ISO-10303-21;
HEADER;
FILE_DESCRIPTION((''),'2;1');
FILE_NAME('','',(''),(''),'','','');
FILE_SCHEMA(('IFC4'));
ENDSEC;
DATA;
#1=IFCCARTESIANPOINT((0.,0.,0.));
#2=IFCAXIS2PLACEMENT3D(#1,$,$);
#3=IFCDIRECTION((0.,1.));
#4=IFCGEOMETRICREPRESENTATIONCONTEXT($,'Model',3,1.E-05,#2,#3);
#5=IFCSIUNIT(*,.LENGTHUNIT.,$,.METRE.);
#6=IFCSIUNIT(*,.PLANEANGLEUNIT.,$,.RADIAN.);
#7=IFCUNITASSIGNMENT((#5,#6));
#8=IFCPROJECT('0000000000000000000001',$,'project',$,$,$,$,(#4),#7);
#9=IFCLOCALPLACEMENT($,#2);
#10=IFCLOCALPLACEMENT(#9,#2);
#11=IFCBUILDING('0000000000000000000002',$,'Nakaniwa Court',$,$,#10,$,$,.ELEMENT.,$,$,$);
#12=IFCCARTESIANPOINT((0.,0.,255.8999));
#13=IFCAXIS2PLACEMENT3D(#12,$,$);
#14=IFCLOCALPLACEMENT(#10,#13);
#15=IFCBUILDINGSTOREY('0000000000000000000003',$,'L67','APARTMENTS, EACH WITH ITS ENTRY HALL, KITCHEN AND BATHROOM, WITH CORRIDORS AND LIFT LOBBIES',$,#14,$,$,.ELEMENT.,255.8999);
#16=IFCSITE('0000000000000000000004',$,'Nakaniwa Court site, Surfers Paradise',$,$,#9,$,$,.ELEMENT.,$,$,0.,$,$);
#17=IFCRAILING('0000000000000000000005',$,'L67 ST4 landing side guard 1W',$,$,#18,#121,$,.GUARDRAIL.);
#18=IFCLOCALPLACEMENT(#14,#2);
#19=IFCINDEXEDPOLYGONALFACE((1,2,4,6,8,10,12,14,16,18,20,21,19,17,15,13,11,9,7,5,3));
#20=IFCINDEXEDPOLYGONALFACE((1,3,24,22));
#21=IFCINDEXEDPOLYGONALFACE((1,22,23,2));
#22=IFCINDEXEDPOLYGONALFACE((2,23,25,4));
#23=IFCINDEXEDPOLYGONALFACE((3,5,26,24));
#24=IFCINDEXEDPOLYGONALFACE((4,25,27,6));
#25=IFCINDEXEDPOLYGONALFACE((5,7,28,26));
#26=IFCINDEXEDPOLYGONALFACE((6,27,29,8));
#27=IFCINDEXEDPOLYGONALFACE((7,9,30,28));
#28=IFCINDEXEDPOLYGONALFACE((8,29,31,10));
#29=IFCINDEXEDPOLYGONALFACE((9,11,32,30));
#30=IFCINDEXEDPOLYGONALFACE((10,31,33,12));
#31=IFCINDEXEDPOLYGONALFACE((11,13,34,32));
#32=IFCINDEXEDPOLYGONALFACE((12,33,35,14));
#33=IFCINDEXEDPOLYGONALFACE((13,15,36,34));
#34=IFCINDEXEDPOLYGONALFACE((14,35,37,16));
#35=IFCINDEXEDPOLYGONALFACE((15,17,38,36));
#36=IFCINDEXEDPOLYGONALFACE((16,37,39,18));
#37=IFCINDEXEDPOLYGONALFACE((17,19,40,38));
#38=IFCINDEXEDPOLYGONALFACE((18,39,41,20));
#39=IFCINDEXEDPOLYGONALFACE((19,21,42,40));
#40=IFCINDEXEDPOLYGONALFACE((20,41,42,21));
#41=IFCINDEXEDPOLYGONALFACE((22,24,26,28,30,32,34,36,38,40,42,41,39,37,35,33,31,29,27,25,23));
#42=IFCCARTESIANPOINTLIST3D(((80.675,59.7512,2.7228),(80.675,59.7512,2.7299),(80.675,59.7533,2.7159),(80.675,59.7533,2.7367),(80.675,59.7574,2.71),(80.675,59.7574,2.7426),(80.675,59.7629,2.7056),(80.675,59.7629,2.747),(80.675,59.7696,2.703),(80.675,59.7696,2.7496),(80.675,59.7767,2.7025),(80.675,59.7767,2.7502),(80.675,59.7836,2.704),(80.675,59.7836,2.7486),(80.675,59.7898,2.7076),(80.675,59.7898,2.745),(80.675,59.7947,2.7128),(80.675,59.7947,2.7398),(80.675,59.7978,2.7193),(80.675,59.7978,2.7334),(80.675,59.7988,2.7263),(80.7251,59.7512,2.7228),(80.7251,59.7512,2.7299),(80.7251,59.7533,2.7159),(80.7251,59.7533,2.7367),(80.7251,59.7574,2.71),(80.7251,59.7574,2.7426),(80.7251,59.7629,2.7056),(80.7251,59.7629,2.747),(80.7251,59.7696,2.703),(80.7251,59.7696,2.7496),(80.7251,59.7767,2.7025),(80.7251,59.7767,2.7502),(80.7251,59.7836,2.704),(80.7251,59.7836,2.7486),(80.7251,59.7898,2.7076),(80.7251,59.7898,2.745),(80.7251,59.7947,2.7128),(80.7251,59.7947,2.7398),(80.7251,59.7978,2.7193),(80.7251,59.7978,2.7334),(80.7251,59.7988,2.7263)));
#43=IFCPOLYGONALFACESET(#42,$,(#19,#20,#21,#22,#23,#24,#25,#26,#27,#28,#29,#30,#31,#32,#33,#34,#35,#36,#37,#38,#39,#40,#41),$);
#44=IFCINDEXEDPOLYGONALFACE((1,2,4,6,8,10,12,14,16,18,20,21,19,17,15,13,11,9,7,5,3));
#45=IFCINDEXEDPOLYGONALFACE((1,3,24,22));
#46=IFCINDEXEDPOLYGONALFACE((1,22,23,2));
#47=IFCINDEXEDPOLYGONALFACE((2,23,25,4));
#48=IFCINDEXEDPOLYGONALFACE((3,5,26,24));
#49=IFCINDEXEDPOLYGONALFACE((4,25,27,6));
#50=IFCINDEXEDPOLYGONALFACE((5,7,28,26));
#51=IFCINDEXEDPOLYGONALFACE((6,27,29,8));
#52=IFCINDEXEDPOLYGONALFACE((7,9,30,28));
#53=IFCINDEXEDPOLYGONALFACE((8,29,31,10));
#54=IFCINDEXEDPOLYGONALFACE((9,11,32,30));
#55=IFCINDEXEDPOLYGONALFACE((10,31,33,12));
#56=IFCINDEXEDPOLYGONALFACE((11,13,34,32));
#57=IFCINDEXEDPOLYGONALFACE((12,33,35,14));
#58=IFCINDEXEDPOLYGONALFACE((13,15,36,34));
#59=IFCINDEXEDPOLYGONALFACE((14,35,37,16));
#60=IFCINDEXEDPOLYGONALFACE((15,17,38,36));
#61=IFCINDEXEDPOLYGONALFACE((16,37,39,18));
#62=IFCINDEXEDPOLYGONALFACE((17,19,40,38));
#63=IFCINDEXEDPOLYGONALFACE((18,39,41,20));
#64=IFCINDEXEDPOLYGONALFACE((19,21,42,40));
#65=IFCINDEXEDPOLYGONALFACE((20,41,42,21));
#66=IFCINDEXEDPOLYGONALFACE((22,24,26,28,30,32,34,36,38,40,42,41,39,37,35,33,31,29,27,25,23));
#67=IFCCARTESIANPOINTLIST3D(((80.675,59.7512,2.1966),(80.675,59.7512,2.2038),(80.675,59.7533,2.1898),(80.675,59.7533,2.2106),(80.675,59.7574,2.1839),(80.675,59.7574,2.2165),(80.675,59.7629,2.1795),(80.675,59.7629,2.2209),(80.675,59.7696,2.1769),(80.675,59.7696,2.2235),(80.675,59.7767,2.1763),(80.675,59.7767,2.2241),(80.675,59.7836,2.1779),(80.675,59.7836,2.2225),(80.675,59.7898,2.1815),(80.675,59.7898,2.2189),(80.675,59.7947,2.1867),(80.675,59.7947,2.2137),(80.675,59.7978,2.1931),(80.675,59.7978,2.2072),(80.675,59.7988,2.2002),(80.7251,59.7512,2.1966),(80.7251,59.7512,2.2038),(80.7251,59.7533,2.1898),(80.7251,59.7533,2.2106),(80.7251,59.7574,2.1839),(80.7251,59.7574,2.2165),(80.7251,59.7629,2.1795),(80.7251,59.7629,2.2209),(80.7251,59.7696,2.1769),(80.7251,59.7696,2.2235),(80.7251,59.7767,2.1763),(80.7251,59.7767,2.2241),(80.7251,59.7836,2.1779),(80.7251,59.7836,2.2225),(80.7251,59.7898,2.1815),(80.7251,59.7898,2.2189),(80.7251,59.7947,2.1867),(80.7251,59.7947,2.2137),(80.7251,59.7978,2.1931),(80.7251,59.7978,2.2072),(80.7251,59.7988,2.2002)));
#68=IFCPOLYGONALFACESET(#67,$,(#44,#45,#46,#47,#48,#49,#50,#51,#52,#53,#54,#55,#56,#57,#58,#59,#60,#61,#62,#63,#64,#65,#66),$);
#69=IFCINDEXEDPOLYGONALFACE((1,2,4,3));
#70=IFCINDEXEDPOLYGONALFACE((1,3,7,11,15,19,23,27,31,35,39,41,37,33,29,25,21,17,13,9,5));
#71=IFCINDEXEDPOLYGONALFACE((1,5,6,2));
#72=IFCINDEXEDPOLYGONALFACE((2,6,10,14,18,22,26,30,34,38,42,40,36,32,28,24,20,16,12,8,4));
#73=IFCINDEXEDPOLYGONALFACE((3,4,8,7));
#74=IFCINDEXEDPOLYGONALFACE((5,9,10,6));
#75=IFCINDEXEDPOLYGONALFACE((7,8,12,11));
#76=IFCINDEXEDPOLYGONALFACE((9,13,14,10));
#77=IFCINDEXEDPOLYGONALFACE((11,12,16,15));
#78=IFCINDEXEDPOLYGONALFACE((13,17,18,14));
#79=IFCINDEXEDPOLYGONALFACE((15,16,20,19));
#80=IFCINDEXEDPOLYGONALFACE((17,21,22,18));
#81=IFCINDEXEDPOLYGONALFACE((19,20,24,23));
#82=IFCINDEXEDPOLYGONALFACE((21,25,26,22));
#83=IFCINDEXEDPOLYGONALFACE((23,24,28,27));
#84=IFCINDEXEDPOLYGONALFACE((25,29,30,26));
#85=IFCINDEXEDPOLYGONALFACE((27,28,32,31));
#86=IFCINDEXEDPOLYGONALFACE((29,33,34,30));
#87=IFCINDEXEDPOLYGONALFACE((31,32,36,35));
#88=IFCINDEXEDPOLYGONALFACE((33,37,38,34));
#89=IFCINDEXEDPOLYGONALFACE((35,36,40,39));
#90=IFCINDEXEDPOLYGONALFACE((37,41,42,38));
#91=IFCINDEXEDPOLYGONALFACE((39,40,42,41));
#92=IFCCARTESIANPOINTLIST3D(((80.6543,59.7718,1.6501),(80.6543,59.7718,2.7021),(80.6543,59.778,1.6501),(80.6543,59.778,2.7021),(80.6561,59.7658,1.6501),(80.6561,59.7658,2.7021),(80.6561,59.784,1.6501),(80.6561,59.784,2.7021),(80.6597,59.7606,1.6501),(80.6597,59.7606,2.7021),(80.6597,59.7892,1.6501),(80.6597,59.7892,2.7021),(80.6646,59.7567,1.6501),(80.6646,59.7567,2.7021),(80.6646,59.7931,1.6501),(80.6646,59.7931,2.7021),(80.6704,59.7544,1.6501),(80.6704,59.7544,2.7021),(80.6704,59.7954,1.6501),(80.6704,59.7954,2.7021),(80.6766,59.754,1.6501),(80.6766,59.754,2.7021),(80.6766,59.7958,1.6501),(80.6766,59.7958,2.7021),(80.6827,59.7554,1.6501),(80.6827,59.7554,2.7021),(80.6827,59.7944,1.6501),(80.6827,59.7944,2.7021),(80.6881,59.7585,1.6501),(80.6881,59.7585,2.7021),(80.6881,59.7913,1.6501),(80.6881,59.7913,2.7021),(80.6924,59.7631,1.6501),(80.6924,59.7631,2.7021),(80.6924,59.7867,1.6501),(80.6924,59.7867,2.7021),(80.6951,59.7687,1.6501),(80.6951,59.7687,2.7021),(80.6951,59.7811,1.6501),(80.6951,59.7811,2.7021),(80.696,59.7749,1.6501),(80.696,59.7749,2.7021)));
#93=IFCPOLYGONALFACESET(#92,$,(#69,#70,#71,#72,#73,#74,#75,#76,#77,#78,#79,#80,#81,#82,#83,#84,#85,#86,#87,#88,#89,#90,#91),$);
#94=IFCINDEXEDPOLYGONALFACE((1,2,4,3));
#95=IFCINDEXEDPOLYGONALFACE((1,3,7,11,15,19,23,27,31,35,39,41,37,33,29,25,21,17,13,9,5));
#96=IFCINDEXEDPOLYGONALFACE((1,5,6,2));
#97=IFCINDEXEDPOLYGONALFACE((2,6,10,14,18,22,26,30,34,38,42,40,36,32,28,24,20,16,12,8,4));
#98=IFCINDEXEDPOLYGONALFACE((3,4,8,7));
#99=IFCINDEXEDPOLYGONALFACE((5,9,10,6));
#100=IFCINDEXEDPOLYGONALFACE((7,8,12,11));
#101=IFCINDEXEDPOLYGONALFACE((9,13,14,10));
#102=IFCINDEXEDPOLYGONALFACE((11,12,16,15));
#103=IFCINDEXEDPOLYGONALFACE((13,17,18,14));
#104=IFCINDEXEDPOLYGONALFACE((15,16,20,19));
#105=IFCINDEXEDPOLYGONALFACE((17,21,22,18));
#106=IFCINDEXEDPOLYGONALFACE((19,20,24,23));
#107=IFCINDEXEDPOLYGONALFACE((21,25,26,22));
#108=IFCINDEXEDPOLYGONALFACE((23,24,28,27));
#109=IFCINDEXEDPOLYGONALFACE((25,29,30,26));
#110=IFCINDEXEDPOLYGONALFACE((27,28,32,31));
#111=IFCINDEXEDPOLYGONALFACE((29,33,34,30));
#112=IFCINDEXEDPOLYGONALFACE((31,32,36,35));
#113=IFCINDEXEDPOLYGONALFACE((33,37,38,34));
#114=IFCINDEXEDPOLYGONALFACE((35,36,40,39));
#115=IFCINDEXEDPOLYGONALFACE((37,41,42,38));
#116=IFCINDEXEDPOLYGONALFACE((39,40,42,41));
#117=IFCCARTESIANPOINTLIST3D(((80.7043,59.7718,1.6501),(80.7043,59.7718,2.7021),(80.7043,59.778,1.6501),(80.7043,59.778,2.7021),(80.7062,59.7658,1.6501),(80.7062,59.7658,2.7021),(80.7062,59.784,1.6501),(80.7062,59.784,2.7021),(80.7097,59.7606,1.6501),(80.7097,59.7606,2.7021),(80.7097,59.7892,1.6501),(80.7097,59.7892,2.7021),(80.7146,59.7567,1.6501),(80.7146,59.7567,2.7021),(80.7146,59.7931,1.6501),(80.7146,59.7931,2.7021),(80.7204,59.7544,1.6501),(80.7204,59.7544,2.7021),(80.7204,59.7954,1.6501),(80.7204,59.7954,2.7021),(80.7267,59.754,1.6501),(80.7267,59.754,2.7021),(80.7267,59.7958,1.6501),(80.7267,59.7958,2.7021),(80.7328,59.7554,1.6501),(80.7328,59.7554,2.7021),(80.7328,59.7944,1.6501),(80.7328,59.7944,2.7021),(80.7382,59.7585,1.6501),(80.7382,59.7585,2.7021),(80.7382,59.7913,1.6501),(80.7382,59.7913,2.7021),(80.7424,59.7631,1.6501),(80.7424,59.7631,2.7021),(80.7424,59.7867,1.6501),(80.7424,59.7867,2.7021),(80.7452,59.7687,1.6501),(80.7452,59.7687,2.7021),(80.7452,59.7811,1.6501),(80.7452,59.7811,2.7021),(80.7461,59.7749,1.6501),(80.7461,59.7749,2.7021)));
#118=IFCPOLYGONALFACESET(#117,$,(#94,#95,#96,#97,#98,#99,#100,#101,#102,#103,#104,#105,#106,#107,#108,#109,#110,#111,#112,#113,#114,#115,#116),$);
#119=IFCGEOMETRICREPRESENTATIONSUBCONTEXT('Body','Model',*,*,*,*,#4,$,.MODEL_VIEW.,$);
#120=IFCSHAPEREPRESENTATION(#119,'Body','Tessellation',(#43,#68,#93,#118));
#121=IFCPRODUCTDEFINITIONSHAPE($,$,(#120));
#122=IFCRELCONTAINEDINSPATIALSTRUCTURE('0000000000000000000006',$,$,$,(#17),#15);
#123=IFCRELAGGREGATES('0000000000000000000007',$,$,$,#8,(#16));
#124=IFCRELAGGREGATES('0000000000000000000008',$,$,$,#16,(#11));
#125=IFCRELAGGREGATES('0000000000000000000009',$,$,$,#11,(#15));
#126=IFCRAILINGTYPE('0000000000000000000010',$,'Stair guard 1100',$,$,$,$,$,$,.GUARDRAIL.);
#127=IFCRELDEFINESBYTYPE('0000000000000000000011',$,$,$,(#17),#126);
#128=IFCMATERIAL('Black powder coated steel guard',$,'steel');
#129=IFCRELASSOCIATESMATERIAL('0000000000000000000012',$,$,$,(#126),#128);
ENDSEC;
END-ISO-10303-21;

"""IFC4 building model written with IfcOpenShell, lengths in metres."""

from ifc_helpers import new_model, si_unit, direction, frame, origin, origin_2d, place, context, subcontext, project, spatial, circle, extrude, material, type_object, element, save


model = new_model("IFC4")

# Units and contexts
model_context = context("Model", 3, precision=1e-05, world=origin(), true_north=direction((0.0, 1.0)))
body_context = subcontext(model_context, "Body", "Model", "MODEL_VIEW")
ifc_project = project(units=[si_unit("LENGTHUNIT", "METRE"), si_unit("PLANEANGLEUNIT", "RADIAN")], contexts=[model_context])

# Site, building, storey
site_placement = place(None, origin())
site = spatial("IfcSite", under=ifc_project, at=site_placement, Name="Nakaniwa Court site, Surfers Paradise", CompositionType="ELEMENT", RefElevation=0.0)
building_placement = place(site_placement, origin())
building = spatial("IfcBuilding", under=site, at=building_placement, Name="Nakaniwa Court", CompositionType="ELEMENT")
storey_placement = place(building_placement, frame((0.0, 0.0, 255.8999)))
storey = spatial("IfcBuildingStorey", under=building, at=storey_placement, Name="L67", Description="APARTMENTS, EACH WITH ITS ENTRY HALL, KITCHEN AND BATHROOM, WITH CORRIDORS AND LIFT LOBBIES", CompositionType="ELEMENT", Elevation=255.8999)

# Railing
ifc_material_1 = material(Name="Black powder coated steel guard", Category="steel")
railing_type_1 = type_object("IfcRailingType", Name="Stair guard 1100", PredefinedType="GUARDRAIL", material=ifc_material_1)
for number, where, name in (
    (1, (80.675, 59.7749, 1.6501), "L67 ST4 landing side guard 1W"),
):
    element("IfcRailing", number, at=place(storey_placement, frame(where)), inside=storey, type_object=railing_type_1, Name=name, PredefinedType="GUARDRAIL", context=body_context, shape_type="SweptSolid", body=[
        extrude(circle(Radius=0.0239, at=origin_2d()), frame((0.0, 0.0, 1.0762), z_axis=(1.0, 0.0, 0.0), x_axis=(0.0, 1.0, 0.0)), (0.0, 0.0, 1.0), 0.05),
        extrude(circle(Radius=0.0239, at=origin_2d()), frame((0.0, 0.0, 0.55), z_axis=(1.0, 0.0, 0.0), x_axis=(0.0, 1.0, 0.0)), (0.0, 0.0, 1.0), 0.05),
        extrude(circle(Radius=0.021, at=origin_2d()), origin(), (0.0, 0.0, 1.0), 1.052),
        extrude(circle(Radius=0.021, at=origin_2d()), frame((0.05, 0.0, 0.0)), (0.0, 0.0, 1.0), 1.052),
    ])

save(model, "model.ifc")
